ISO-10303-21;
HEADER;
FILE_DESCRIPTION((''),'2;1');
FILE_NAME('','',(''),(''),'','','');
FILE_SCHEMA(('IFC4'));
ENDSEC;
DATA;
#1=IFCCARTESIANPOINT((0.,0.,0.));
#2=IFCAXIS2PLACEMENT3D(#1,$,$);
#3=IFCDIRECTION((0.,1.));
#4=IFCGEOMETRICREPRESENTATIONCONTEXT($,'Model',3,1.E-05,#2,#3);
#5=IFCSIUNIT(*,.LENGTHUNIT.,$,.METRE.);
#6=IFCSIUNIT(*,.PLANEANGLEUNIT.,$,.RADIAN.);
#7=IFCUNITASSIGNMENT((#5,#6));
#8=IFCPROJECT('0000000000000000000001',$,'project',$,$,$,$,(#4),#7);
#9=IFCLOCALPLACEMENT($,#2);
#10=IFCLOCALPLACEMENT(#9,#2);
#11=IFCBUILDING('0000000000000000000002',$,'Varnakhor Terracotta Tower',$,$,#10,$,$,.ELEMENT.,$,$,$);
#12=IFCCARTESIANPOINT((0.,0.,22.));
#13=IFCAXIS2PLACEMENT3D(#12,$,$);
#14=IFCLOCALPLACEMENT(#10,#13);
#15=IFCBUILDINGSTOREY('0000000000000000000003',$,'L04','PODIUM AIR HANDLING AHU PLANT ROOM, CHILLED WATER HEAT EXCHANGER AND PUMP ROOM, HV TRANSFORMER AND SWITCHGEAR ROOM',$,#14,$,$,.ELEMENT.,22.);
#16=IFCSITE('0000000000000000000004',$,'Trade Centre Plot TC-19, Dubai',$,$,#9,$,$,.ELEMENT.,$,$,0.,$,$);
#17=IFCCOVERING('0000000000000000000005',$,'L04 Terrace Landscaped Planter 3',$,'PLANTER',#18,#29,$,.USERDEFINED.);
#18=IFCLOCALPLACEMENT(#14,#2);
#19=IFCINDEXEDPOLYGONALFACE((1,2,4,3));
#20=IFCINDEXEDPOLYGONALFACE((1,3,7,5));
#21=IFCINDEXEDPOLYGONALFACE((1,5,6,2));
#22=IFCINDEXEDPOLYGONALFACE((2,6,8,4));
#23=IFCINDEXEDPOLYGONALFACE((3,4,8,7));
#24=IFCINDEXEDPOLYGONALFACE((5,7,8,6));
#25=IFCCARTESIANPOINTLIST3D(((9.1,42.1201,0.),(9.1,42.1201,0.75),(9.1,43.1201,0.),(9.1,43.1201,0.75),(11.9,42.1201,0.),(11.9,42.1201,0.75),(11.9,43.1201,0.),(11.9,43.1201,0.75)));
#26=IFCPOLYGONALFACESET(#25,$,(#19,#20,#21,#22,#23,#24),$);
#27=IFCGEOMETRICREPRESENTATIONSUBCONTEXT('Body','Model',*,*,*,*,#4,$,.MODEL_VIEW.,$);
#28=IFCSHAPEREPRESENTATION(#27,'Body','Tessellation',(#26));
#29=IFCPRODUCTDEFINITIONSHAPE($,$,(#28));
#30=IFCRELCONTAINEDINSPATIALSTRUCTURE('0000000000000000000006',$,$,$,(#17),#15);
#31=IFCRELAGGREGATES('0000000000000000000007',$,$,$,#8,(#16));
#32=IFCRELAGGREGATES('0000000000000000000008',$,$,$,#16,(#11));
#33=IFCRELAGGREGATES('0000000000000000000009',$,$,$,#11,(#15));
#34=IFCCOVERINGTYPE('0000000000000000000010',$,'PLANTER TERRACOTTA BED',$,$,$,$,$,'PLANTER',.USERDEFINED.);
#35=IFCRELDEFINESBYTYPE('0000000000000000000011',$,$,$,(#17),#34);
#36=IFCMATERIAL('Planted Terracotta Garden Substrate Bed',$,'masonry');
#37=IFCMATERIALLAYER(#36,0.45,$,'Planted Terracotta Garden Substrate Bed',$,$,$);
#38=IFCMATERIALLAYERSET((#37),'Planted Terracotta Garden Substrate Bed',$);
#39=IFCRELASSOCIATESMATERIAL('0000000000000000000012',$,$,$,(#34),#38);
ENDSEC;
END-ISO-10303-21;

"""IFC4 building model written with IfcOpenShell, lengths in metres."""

from ifc_helpers import new_model, si_unit, direction, frame, origin, origin_2d, place, context, subcontext, project, spatial, rectangle, extrude, source, transform, mapped, material, layer, layer_set, type_object, type_shapes, element, save


model = new_model("IFC4")

# Units and contexts
model_context = context("Model", 3, precision=1e-05, world=origin(), true_north=direction((0.0, 1.0)))
body_context = subcontext(model_context, "Body", "Model", "MODEL_VIEW")
ifc_project = project(units=[si_unit("LENGTHUNIT", "METRE"), si_unit("PLANEANGLEUNIT", "RADIAN")], contexts=[model_context])

# Site, building, storey
site_placement = place(None, origin())
site = spatial("IfcSite", under=ifc_project, at=site_placement, Name="Trade Centre Plot TC-19, Dubai", CompositionType="ELEMENT", RefElevation=0.0)
building_placement = place(site_placement, origin())
building = spatial("IfcBuilding", under=site, at=building_placement, Name="Varnakhor Terracotta Tower", CompositionType="ELEMENT")
storey_placement = place(building_placement, frame((0.0, 0.0, 22.0)))
storey = spatial("IfcBuildingStorey", under=building, at=storey_placement, Name="L04", Description="PODIUM AIR HANDLING AHU PLANT ROOM, CHILLED WATER HEAT EXCHANGER AND PUMP ROOM, HV TRANSFORMER AND SWITCHGEAR ROOM", CompositionType="ELEMENT", Elevation=22.0)

# Covering
ifc_material_1 = material(Name="Planted Terracotta Garden Substrate Bed", Category="masonry")
ifc_layer_1 = layer(ifc_material_1, 0.45, Name="Planted Terracotta Garden Substrate Bed")
ifc_layer_set_1 = layer_set([ifc_layer_1], Name="Planted Terracotta Garden Substrate Bed")
covering_type = type_object("IfcCoveringType", Name="PLANTER TERRACOTTA BED", ElementType="PLANTER", PredefinedType="USERDEFINED", material=ifc_layer_set_1)
shared_shape_1 = source(origin(), body_context, "Body", "SweptSolid", [
    extrude(rectangle(XDim=2.8, YDim=1.0, at=origin_2d()), origin(), (0.0, 0.0, 1.0), 0.75),
])
type_shapes(covering_type, [shared_shape_1])
for number, where, z_axis, x_axis, name in (
    (1, (10.5, 42.6201, 0.0), (0.0, 0.0, 1.0), (1.0, 0.0, 0.0), "L04 Terrace Landscaped Planter 3"),
):
    element("IfcCovering", number, at=place(storey_placement, frame(where, z_axis=z_axis, x_axis=x_axis)), inside=storey, type_object=covering_type, Name=name, ObjectType="PLANTER", PredefinedType="USERDEFINED", context=body_context, shape_type="MappedRepresentation", body=[
        mapped(shared_shape_1, transform((0.0, 0.0, 0.0), scale=1.0)),
    ])

save(model, "model.ifc")
